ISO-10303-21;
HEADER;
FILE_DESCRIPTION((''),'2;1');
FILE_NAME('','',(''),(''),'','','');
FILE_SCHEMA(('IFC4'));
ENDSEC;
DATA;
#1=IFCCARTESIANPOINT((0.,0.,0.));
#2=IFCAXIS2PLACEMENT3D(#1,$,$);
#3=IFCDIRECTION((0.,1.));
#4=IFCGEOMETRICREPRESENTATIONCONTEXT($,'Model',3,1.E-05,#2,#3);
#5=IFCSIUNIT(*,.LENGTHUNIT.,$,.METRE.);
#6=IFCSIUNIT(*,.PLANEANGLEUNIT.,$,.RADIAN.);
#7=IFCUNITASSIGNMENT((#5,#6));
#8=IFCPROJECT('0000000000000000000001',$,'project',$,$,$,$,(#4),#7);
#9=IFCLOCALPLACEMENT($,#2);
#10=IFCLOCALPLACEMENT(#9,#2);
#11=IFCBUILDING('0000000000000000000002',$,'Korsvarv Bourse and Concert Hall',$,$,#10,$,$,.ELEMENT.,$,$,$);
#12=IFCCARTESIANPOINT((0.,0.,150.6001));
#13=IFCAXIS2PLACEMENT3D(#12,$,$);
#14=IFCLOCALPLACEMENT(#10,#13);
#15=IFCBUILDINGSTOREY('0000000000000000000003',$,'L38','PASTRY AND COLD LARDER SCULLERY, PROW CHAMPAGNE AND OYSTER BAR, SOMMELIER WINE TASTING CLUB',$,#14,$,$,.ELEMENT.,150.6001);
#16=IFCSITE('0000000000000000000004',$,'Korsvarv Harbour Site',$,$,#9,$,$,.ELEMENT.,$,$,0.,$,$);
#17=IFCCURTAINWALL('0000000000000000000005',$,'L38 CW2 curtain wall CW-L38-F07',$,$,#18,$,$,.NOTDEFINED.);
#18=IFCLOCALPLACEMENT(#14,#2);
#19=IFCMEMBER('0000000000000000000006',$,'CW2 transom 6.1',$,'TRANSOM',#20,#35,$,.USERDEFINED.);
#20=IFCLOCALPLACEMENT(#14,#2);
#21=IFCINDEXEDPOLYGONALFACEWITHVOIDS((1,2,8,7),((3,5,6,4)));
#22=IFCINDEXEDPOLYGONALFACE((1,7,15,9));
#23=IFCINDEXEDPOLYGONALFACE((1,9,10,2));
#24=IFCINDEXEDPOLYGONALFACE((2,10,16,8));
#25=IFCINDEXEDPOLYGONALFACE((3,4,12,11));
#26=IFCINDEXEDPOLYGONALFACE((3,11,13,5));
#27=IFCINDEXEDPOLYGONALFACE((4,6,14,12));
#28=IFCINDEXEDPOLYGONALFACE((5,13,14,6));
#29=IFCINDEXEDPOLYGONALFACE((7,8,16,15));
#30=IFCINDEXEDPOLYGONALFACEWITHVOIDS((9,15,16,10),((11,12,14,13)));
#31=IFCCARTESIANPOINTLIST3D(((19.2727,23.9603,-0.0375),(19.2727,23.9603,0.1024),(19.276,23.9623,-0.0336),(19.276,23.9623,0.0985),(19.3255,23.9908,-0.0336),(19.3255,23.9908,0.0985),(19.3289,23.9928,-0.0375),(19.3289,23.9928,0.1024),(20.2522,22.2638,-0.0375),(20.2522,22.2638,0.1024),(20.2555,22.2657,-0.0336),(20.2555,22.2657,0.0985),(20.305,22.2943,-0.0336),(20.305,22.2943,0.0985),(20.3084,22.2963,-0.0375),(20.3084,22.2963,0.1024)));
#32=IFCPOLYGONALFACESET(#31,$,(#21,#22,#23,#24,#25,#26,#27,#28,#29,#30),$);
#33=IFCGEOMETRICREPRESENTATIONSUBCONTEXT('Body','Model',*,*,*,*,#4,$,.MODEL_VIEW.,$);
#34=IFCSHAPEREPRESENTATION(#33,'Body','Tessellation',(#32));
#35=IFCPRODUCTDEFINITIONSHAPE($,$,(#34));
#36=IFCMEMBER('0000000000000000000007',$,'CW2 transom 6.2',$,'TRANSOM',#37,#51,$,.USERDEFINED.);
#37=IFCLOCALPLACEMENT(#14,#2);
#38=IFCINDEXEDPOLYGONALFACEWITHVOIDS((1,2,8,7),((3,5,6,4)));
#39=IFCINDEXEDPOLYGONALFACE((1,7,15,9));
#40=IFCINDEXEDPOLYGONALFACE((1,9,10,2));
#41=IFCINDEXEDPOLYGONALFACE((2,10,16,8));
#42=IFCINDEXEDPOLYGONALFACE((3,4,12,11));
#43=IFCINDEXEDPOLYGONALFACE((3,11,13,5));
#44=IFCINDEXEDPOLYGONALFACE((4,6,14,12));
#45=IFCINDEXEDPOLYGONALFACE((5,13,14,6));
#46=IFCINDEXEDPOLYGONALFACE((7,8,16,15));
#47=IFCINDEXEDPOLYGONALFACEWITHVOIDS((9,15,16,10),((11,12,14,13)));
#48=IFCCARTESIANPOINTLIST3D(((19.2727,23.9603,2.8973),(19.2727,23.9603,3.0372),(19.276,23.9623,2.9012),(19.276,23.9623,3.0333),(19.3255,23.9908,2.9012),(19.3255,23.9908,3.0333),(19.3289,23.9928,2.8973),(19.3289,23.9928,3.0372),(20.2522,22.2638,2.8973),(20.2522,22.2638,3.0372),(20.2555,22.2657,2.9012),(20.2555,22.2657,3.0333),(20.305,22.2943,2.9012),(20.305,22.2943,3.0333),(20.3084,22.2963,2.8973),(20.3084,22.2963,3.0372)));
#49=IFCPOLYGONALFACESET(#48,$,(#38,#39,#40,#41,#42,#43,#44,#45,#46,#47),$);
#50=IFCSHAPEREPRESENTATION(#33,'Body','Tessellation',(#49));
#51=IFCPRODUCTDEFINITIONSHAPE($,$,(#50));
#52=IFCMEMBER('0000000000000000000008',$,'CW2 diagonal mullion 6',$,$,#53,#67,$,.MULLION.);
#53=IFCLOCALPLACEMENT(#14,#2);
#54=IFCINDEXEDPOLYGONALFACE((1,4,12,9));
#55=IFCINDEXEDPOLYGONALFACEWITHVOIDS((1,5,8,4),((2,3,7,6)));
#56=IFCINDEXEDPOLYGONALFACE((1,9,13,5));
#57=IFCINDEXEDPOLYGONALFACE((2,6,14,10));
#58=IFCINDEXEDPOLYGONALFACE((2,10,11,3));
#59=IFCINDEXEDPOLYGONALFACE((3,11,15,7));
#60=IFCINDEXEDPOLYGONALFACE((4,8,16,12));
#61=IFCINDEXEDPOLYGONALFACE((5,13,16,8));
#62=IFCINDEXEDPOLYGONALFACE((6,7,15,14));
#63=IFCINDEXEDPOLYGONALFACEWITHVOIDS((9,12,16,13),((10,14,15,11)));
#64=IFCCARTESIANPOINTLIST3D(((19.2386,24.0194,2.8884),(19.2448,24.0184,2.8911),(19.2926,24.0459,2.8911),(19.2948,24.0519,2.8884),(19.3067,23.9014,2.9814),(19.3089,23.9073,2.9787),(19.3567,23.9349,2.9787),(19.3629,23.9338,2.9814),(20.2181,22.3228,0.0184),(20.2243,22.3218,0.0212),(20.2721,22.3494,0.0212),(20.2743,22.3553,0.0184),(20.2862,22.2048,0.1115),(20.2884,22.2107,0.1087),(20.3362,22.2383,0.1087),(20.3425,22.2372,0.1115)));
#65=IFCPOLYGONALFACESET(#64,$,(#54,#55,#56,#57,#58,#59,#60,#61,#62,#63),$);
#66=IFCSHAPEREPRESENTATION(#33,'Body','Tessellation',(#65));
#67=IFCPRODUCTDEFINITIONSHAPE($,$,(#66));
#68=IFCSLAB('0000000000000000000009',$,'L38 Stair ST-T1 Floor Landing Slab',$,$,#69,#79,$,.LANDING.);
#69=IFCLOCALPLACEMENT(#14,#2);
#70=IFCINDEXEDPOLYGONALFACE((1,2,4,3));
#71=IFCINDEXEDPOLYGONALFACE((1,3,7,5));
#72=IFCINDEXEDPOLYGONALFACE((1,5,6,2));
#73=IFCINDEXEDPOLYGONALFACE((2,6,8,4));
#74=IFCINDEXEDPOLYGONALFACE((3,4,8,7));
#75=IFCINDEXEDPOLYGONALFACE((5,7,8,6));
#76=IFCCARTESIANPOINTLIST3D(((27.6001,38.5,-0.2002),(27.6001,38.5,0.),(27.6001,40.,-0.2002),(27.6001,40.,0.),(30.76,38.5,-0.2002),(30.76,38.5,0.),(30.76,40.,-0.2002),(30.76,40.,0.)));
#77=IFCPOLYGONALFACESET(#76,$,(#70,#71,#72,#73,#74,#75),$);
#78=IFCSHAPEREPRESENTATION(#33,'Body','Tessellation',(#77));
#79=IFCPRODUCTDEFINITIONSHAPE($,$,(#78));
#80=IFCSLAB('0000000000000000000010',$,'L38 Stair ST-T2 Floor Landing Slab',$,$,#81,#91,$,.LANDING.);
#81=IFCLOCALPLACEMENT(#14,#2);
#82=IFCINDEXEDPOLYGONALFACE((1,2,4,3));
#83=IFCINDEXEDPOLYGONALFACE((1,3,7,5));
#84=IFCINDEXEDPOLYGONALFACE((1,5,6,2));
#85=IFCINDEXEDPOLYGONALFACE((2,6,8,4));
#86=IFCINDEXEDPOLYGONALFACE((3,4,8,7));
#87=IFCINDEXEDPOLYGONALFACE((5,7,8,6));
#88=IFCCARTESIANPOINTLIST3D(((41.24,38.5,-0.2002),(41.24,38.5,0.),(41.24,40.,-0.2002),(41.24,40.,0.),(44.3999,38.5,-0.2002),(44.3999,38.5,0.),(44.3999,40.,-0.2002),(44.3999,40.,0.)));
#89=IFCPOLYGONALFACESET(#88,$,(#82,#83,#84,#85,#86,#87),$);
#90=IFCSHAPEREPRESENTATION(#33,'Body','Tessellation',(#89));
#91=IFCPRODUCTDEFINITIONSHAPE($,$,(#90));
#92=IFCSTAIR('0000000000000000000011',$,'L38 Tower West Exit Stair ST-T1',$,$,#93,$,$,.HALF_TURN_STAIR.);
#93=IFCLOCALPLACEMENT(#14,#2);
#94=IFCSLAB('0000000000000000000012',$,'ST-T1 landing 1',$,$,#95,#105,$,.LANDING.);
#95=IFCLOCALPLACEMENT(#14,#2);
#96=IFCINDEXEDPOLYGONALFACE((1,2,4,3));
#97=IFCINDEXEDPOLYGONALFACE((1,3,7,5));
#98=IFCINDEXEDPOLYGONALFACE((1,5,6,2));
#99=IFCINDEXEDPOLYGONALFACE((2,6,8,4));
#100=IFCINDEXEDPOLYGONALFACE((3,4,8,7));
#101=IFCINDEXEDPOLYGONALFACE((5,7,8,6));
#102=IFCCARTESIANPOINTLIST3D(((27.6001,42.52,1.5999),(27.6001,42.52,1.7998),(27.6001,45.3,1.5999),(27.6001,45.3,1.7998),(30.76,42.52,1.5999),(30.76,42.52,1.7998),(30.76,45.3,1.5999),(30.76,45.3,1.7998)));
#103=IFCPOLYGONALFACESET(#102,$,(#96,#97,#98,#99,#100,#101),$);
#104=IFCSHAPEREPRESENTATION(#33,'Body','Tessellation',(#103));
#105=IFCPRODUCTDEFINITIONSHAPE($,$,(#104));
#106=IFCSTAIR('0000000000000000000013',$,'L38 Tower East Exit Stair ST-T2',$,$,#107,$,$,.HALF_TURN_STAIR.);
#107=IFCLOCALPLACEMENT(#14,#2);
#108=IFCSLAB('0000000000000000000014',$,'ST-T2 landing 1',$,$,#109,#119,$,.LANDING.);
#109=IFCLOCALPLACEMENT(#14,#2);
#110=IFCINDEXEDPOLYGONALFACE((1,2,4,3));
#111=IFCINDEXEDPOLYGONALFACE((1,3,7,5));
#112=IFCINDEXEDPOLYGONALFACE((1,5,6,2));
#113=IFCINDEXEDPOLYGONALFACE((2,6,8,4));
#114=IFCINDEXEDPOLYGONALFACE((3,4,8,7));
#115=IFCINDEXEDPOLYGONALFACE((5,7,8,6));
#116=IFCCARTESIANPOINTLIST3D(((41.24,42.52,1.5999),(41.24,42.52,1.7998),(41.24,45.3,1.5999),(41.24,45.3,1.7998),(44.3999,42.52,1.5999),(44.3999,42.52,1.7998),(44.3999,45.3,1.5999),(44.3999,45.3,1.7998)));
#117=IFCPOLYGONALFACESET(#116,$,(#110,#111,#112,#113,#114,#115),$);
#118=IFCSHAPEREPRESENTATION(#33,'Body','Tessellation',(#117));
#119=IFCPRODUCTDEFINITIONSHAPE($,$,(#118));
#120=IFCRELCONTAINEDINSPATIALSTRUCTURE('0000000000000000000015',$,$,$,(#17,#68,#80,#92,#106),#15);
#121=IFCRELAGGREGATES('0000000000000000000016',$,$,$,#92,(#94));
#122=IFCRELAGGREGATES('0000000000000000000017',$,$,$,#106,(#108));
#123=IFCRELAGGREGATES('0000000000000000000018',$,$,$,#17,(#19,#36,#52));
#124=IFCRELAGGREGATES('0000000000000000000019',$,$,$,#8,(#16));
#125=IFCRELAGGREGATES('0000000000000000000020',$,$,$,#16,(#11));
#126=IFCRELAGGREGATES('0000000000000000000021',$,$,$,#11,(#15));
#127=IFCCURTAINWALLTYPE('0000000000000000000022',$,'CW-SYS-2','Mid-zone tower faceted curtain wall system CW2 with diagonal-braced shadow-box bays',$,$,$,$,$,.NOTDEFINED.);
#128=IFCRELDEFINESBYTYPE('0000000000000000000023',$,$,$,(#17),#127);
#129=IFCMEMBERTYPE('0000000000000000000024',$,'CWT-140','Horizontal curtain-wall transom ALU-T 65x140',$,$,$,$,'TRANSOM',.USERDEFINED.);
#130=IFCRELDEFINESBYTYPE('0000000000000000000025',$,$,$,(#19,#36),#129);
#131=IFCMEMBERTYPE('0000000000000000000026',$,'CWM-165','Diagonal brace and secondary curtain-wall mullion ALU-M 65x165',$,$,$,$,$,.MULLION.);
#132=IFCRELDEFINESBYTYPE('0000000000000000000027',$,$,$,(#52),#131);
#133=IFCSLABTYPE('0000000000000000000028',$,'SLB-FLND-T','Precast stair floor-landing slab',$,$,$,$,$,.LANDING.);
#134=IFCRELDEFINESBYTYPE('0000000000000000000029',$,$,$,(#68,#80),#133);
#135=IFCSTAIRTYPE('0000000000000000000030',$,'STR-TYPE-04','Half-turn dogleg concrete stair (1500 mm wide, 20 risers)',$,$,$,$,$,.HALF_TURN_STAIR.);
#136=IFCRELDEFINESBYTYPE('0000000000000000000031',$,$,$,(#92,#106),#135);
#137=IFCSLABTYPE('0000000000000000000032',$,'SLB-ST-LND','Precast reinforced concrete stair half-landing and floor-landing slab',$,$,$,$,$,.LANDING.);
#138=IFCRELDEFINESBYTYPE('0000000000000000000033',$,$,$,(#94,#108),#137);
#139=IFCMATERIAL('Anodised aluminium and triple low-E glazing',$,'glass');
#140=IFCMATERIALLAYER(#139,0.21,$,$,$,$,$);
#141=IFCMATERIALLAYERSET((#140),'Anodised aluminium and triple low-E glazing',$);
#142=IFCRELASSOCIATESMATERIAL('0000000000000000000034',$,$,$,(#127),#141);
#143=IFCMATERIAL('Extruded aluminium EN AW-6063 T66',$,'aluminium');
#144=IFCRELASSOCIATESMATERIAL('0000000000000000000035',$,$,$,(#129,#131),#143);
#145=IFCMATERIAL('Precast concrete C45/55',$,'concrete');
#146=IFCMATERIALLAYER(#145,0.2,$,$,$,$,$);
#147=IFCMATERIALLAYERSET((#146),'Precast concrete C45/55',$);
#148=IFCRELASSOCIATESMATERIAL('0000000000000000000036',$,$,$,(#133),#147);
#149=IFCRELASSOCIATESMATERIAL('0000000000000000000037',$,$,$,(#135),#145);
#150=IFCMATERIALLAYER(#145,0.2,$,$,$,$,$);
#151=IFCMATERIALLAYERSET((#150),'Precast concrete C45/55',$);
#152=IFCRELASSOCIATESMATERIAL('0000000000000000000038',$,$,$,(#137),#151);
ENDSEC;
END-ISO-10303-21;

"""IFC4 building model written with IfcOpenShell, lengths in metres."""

from ifc_helpers import new_model, si_unit, direction, frame, origin, origin_2d, place, context, subcontext, project, spatial, polyline, hollow_rectangle, outline, extrude, source, transform, mapped, material, layer, layer_set, material_profile, profile_set, type_object, element, aggregate, save


model = new_model("IFC4")

# Units and contexts
model_context = context("Model", 3, precision=1e-05, world=origin(), true_north=direction((0.0, 1.0)))
body_context = subcontext(model_context, "Body", "Model", "MODEL_VIEW")
ifc_project = project(units=[si_unit("LENGTHUNIT", "METRE"), si_unit("PLANEANGLEUNIT", "RADIAN")], contexts=[model_context])

# Site, building, storey
site_placement = place(None, origin())
site = spatial("IfcSite", under=ifc_project, at=site_placement, Name="Korsvarv Harbour Site", CompositionType="ELEMENT", RefElevation=0.0)
building_placement = place(site_placement, origin())
building = spatial("IfcBuilding", under=site, at=building_placement, Name="Korsvarv Bourse and Concert Hall", CompositionType="ELEMENT")
storey_placement = place(building_placement, frame((0.0, 0.0, 150.6001)))
storey = spatial("IfcBuildingStorey", under=building, at=storey_placement, Name="L38", Description="PASTRY AND COLD LARDER SCULLERY, PROW CHAMPAGNE AND OYSTER BAR, SOMMELIER WINE TASTING CLUB", CompositionType="ELEMENT", Elevation=150.6001)

# Curtain wall, members
ifc_material_1 = material(Name="Anodised aluminium and triple low-E glazing", Category="glass")
ifc_layer_1 = layer(ifc_material_1, 0.21)
ifc_layer_set_1 = layer_set([ifc_layer_1], Name="Anodised aluminium and triple low-E glazing")
curtain_wall_type = type_object("IfcCurtainWallType", Name="CW-SYS-2", Description="Mid-zone tower faceted curtain wall system CW2 with diagonal-braced shadow-box bays", PredefinedType="NOTDEFINED", material=ifc_layer_set_1)
curtain_wall_placement = place(storey_placement, origin())
curtain_wall = element("IfcCurtainWall", 1, at=curtain_wall_placement, inside=storey, type_object=curtain_wall_type, Name="L38 CW2 curtain wall CW-L38-F07", PredefinedType="NOTDEFINED")
ifc_material_2 = material(Name="Extruded aluminium EN AW-6063 T66", Category="aluminium")
ifc_material_profile_1 = material_profile(ifc_material_2, hollow_rectangle(XDim=0.0649, YDim=0.1399, WallThickness=0.0039, at=origin_2d()), Name="ALU-T 65x140")
ifc_profile_set_1 = profile_set([ifc_material_profile_1], Name="Extruded aluminium EN AW-6063 T66")
member_type_1 = type_object("IfcMemberType", Name="CWT-140", Description="Horizontal curtain-wall transom ALU-T 65x140", ElementType="TRANSOM", PredefinedType="USERDEFINED", material=ifc_profile_set_1)
shared_shape_1 = source(origin(), body_context, "Body", "SweptSolid", [
    extrude(hollow_rectangle(XDim=0.0649, YDim=0.1399, WallThickness=0.0039, at=origin_2d()), origin(), (0.0, 0.0, 1.0), 1.959),
])
member_1_placement = place(storey_placement, frame((19.3008, 23.9766, 0.0325), z_axis=(0.499999, -0.866026, 0.0), x_axis=(0.866026, 0.499999, 0.0)))
member_1 = element("IfcMember", 2, at=member_1_placement, type_object=member_type_1, Name="CW2 transom 6.1", ObjectType="TRANSOM", PredefinedType="USERDEFINED", context=body_context, shape_type="MappedRepresentation", body=[
    mapped(shared_shape_1, transform((0.0, 0.0, 0.0), scale=1.0)),
])
member_2_placement = place(storey_placement, frame((19.3008, 23.9766, 2.9673), z_axis=(0.499999, -0.866026, 0.0), x_axis=(0.866026, 0.499999, 0.0)))
member_2 = element("IfcMember", 3, at=member_2_placement, type_object=member_type_1, Name="CW2 transom 6.2", ObjectType="TRANSOM", PredefinedType="USERDEFINED", context=body_context, shape_type="MappedRepresentation", body=[
    mapped(shared_shape_1, transform((0.0, 0.0, 0.0), scale=1.0)),
])
ifc_material_profile_2 = material_profile(ifc_material_2, hollow_rectangle(XDim=0.0649, YDim=0.165, WallThickness=0.0049, at=origin_2d()), Name="ALU-M 65x165")
ifc_profile_set_2 = profile_set([ifc_material_profile_2], Name="Extruded aluminium EN AW-6063 T66")
member_type_2 = type_object("IfcMemberType", Name="CWM-165", Description="Diagonal brace and secondary curtain-wall mullion ALU-M 65x165", PredefinedType="MULLION", material=ifc_profile_set_2)
shared_shape_2 = source(origin(), body_context, "Body", "SweptSolid", [
    extrude(hollow_rectangle(XDim=0.0649, YDim=0.165, WallThickness=0.0049, at=origin_2d()), origin(), (0.0, 0.0, 1.0), 3.4749),
])
member_3_placement = place(storey_placement, frame((20.2803, 22.28, 0.0649), z_axis=(-0.28189, 0.488248, 0.825925), x_axis=(-0.866026, -0.499999, 0.0)))
member_3 = element("IfcMember", 4, at=member_3_placement, type_object=member_type_2, Name="CW2 diagonal mullion 6", PredefinedType="MULLION", context=body_context, shape_type="MappedRepresentation", body=[
    mapped(shared_shape_2, transform((0.0, 0.0, 0.0), scale=1.0)),
])

# Slabs
ifc_material_3 = material(Name="Precast concrete C45/55", Category="concrete")
ifc_layer_2 = layer(ifc_material_3, 0.2)
ifc_layer_set_2 = layer_set([ifc_layer_2], Name="Precast concrete C45/55")
slab_type_1 = type_object("IfcSlabType", Name="SLB-FLND-T", Description="Precast stair floor-landing slab", PredefinedType="LANDING", material=ifc_layer_set_2)
slab_1_placement = place(storey_placement, frame((0.0, 0.0, -0.2002)))
element("IfcSlab", 5, at=slab_1_placement, inside=storey, type_object=slab_type_1, Name="L38 Stair ST-T1 Floor Landing Slab", PredefinedType="LANDING", context=body_context, shape_type="SweptSolid", body=[
    extrude(outline(polyline([(30.76, 38.5), (30.76, 40.0), (27.6001, 40.0), (27.6001, 38.5), (30.76, 38.5)])), origin(), (0.0, 0.0, 1.0), 0.2002),
])
slab_2_placement = place(storey_placement, frame((0.0, 0.0, -0.2002)))
element("IfcSlab", 6, at=slab_2_placement, inside=storey, type_object=slab_type_1, Name="L38 Stair ST-T2 Floor Landing Slab", PredefinedType="LANDING", context=body_context, shape_type="SweptSolid", body=[
    extrude(outline(polyline([(44.3999, 38.5), (44.3999, 40.0), (41.24, 40.0), (41.24, 38.5), (44.3999, 38.5)])), origin(), (0.0, 0.0, 1.0), 0.2002),
])

# Stairs, slabs
stair_type = type_object("IfcStairType", Name="STR-TYPE-04", Description="Half-turn dogleg concrete stair (1500 mm wide, 20 risers)", PredefinedType="HALF_TURN_STAIR", material=ifc_material_3)
stair_1_placement = place(storey_placement, origin())
stair_1 = element("IfcStair", 7, at=stair_1_placement, inside=storey, type_object=stair_type, Name="L38 Tower West Exit Stair ST-T1", PredefinedType="HALF_TURN_STAIR")
ifc_layer_3 = layer(ifc_material_3, 0.2)
ifc_layer_set_3 = layer_set([ifc_layer_3], Name="Precast concrete C45/55")
slab_type_2 = type_object("IfcSlabType", Name="SLB-ST-LND", Description="Precast reinforced concrete stair half-landing and floor-landing slab", PredefinedType="LANDING", material=ifc_layer_set_3)
slab_3_placement = place(storey_placement, frame((0.0, 0.0, 1.5999)))
slab_3 = element("IfcSlab", 8, at=slab_3_placement, type_object=slab_type_2, Name="ST-T1 landing 1", PredefinedType="LANDING", context=body_context, shape_type="SweptSolid", body=[
    extrude(outline(polyline([(30.76, 42.52), (30.76, 45.3), (27.6001, 45.3), (27.6001, 42.52), (30.76, 42.52)])), origin(), (0.0, 0.0, 1.0), 0.2),
])
aggregate(stair_1, [slab_3])
stair_2_placement = place(storey_placement, origin())
stair_2 = element("IfcStair", 9, at=stair_2_placement, inside=storey, type_object=stair_type, Name="L38 Tower East Exit Stair ST-T2", PredefinedType="HALF_TURN_STAIR")
slab_4_placement = place(storey_placement, frame((0.0, 0.0, 1.5999)))
slab_4 = element("IfcSlab", 10, at=slab_4_placement, type_object=slab_type_2, Name="ST-T2 landing 1", PredefinedType="LANDING", context=body_context, shape_type="SweptSolid", body=[
    extrude(outline(polyline([(44.3999, 42.52), (44.3999, 45.3), (41.24, 45.3), (41.24, 42.52), (44.3999, 42.52)])), origin(), (0.0, 0.0, 1.0), 0.2),
])
aggregate(stair_2, [slab_4])

aggregate(curtain_wall, [member_1, member_2, member_3])

save(model, "model.ifc")
